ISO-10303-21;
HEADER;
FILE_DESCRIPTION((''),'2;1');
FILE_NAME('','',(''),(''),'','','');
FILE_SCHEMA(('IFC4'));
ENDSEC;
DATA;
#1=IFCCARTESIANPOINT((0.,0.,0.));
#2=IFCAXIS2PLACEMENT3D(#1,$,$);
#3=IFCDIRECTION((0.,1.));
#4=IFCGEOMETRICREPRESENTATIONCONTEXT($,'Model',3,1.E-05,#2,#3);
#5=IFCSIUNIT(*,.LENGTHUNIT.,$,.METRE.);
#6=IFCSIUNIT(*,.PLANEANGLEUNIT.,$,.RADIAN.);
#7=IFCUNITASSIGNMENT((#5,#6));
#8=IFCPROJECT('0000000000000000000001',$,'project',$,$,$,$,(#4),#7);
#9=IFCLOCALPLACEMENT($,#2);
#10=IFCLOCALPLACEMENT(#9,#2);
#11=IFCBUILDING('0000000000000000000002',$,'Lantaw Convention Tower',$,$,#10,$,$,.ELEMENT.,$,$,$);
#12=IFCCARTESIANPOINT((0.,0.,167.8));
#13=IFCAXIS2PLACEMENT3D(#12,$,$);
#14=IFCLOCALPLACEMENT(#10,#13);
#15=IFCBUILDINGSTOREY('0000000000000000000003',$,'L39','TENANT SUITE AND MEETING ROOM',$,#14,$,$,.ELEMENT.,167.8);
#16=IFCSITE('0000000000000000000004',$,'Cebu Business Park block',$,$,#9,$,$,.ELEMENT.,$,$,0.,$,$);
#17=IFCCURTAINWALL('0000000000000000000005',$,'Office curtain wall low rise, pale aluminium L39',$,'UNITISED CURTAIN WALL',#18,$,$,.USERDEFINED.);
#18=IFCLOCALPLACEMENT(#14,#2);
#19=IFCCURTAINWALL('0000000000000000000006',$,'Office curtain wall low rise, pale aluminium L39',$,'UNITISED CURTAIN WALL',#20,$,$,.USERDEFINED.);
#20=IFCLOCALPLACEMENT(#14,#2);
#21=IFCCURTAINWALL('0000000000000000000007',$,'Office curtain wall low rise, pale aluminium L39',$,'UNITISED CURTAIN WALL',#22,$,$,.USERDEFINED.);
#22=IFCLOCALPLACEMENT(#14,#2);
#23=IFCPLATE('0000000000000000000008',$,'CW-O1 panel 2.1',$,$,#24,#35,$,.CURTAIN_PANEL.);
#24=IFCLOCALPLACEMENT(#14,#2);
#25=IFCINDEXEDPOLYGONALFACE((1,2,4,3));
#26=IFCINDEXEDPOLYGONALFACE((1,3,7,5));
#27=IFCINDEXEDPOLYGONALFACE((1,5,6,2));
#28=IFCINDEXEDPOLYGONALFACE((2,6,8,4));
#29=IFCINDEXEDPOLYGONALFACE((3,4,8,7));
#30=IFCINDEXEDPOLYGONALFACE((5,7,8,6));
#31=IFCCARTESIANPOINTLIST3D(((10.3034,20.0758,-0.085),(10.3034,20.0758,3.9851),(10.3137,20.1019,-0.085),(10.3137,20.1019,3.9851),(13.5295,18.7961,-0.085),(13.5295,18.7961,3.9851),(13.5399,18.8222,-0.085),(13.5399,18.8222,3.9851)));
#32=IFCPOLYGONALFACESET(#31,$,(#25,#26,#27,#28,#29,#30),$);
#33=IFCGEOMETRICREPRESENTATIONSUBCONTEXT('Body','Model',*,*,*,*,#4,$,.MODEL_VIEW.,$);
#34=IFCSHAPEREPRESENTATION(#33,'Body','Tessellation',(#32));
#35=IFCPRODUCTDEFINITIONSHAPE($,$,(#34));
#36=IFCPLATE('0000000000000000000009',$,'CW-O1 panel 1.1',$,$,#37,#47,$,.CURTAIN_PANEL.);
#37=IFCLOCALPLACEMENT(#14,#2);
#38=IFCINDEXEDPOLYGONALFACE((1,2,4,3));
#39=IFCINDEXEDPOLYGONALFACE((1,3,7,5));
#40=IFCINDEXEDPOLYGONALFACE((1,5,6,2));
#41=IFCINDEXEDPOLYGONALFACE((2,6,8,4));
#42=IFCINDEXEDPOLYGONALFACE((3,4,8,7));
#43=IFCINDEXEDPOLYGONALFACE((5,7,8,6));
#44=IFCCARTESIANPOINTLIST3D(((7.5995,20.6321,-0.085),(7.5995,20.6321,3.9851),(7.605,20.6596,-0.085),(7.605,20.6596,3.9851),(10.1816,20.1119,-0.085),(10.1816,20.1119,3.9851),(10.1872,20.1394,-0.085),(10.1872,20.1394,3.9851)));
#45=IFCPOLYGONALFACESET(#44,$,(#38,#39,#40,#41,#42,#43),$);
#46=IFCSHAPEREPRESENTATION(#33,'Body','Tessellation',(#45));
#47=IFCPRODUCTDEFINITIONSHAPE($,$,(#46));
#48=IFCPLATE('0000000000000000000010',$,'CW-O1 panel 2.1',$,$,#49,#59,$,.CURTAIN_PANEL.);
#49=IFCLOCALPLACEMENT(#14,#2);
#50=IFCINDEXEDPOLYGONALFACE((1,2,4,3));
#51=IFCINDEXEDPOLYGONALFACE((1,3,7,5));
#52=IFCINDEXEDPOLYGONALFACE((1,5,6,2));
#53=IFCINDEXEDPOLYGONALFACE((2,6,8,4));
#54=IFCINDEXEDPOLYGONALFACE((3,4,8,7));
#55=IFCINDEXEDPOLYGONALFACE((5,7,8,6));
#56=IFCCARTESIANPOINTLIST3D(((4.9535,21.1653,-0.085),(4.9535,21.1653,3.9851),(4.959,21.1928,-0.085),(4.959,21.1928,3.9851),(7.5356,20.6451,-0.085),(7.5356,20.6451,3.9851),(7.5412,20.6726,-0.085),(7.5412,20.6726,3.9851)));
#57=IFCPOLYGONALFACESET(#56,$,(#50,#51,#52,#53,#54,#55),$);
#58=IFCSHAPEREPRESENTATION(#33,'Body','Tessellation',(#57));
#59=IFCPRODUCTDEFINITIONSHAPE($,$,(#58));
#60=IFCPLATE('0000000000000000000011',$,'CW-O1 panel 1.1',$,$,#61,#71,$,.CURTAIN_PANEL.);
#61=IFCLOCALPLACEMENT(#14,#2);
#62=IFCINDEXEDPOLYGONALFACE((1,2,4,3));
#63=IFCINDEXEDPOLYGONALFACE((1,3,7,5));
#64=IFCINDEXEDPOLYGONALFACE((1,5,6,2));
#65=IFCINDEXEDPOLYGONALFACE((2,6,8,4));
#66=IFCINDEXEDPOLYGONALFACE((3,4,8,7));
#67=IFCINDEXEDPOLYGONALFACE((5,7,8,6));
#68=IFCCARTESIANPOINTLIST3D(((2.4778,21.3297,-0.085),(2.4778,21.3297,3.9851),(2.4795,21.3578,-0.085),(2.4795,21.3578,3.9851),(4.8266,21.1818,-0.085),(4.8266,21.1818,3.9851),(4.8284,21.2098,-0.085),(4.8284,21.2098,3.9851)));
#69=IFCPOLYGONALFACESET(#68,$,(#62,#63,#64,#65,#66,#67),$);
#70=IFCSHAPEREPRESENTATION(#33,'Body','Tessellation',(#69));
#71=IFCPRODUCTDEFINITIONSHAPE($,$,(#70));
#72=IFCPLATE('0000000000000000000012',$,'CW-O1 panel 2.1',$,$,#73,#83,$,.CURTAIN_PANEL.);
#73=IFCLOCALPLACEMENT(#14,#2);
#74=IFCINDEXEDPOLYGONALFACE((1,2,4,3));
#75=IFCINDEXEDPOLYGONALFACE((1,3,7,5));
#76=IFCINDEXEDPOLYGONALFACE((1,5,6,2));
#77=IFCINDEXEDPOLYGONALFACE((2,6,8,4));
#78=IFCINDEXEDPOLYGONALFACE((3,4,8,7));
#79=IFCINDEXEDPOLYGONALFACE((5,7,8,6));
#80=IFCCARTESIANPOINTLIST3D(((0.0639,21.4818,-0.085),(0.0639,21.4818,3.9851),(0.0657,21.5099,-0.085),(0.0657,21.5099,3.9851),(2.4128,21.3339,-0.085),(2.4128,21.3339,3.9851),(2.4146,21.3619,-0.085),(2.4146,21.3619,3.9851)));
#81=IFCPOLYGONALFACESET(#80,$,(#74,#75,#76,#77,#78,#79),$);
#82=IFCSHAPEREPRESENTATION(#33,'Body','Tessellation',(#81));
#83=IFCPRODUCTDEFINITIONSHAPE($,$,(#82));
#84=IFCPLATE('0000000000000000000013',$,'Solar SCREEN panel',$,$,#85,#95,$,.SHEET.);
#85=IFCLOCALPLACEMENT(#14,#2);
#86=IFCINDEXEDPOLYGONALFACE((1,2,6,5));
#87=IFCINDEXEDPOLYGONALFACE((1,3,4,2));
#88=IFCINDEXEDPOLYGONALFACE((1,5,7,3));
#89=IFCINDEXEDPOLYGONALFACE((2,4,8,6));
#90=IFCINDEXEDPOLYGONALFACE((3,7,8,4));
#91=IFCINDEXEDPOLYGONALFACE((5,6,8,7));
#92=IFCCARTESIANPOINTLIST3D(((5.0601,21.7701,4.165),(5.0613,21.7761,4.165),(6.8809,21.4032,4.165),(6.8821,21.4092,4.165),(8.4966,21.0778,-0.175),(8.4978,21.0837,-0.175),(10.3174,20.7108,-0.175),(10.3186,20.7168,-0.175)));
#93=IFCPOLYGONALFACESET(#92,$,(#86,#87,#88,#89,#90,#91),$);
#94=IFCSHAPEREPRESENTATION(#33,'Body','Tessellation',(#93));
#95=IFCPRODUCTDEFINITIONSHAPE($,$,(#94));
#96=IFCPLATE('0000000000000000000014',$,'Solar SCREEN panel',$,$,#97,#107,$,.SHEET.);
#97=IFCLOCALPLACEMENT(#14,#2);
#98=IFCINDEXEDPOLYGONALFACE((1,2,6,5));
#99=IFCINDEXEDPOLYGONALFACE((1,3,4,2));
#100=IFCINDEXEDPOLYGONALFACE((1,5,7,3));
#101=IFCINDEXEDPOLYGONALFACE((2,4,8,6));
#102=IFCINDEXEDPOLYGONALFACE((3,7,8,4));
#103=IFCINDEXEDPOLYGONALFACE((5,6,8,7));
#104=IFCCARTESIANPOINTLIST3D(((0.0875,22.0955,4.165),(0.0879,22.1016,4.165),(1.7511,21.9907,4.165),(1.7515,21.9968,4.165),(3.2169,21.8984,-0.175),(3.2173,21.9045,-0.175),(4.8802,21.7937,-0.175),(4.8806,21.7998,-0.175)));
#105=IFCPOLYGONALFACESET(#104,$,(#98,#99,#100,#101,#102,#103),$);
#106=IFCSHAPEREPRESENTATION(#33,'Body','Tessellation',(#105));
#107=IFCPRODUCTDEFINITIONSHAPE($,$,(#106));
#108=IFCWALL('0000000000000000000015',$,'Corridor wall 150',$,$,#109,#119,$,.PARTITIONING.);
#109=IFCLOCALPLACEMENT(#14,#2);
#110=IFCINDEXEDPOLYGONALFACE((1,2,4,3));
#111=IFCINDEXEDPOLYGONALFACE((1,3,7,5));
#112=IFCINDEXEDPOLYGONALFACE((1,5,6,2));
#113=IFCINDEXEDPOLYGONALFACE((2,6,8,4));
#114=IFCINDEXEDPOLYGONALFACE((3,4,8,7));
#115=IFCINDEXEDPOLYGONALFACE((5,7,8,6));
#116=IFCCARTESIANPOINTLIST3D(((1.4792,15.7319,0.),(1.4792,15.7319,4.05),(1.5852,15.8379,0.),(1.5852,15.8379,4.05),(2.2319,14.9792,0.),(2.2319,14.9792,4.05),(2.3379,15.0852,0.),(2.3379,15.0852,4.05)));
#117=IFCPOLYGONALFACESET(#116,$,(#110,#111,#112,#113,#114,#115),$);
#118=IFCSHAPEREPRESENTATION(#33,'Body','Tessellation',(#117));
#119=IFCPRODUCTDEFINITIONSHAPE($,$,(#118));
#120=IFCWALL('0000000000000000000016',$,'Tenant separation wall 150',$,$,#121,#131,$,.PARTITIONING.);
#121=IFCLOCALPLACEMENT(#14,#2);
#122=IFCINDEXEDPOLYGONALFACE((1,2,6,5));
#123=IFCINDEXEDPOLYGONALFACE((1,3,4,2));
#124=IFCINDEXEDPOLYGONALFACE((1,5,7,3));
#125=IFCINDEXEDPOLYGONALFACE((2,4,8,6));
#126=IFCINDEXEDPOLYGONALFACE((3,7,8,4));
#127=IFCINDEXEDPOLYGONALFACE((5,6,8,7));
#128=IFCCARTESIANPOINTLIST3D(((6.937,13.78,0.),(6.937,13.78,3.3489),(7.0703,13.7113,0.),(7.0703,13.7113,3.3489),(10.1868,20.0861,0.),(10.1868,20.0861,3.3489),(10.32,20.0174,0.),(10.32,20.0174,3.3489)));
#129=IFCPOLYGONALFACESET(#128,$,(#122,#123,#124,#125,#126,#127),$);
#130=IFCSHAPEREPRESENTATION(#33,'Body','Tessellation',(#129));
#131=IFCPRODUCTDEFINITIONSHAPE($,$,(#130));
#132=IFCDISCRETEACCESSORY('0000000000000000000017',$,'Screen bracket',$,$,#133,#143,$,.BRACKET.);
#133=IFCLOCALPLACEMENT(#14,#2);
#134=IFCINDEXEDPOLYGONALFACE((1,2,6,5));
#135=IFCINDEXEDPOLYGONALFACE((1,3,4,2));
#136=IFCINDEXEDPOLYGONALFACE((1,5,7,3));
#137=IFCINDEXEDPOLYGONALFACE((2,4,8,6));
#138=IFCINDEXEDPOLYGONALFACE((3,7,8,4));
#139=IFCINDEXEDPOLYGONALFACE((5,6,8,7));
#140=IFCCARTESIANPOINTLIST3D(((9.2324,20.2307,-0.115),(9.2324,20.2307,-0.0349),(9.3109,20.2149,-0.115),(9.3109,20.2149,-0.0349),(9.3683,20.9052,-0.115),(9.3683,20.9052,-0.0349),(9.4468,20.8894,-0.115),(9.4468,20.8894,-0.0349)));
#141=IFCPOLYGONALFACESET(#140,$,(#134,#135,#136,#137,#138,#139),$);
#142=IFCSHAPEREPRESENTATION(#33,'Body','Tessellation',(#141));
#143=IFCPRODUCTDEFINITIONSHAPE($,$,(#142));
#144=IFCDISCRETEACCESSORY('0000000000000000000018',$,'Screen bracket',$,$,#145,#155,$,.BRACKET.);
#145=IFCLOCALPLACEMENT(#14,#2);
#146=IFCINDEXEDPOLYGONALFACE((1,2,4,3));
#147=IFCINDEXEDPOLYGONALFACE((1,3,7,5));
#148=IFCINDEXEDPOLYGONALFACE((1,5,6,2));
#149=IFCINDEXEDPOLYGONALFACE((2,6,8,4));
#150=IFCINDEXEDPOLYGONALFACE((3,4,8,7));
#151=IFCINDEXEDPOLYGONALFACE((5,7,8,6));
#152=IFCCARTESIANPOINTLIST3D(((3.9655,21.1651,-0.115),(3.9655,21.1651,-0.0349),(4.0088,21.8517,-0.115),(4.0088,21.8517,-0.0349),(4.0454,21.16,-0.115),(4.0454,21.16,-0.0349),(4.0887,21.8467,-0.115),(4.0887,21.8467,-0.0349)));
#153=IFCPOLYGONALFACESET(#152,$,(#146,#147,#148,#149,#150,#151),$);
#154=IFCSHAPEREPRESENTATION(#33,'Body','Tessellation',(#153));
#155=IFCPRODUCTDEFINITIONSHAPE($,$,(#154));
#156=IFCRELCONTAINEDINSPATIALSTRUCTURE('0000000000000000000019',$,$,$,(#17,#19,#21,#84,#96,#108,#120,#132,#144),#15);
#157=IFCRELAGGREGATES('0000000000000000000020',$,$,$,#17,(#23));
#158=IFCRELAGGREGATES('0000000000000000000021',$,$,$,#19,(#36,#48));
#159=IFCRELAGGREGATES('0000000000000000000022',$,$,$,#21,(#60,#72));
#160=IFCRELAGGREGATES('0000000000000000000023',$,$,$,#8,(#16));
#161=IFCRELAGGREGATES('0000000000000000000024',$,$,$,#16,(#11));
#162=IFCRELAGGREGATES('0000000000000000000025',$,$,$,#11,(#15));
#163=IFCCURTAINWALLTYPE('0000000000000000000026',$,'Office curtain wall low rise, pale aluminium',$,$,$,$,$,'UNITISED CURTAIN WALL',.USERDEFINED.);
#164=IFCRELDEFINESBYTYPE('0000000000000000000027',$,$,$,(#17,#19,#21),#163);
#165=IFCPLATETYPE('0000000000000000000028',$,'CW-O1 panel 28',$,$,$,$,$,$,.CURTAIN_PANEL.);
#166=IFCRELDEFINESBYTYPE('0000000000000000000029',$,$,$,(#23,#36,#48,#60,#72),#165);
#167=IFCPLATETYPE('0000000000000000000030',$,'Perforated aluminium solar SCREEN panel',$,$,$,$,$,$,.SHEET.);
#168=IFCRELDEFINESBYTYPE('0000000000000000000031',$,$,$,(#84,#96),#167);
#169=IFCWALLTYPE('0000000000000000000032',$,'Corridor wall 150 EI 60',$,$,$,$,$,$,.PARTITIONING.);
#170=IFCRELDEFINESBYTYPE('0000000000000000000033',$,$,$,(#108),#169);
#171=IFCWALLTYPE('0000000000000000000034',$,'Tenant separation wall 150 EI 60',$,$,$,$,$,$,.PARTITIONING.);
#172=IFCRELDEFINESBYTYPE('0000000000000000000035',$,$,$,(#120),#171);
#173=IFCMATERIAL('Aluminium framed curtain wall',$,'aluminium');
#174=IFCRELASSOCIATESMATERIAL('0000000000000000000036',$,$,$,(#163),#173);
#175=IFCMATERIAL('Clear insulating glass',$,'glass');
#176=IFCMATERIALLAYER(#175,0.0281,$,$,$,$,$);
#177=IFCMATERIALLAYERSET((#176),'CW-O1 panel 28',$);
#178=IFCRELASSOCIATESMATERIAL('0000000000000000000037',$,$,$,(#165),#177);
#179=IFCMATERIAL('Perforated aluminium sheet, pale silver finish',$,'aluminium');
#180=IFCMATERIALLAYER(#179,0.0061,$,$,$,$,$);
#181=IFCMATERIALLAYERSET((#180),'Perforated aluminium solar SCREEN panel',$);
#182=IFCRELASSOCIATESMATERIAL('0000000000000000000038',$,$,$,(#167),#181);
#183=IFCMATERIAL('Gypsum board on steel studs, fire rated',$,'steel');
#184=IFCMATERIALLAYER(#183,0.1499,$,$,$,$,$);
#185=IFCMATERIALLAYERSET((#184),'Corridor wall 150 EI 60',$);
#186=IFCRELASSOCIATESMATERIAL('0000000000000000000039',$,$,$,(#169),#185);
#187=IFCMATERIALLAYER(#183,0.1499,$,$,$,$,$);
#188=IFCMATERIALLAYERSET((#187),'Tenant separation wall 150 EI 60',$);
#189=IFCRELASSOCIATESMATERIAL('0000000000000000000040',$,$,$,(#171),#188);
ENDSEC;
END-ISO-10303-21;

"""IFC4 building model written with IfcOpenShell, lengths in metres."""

from ifc_helpers import new_model, si_unit, direction, frame, frame_2d, origin, origin_2d, place, context, subcontext, project, spatial, polyline, rectangle, outline, extrude, material, layer, layer_set, type_object, element, aggregate, save


model = new_model("IFC4")

# Units and contexts
model_context = context("Model", 3, precision=1e-05, world=origin(), true_north=direction((0.0, 1.0)))
body_context = subcontext(model_context, "Body", "Model", "MODEL_VIEW")
ifc_project = project(units=[si_unit("LENGTHUNIT", "METRE"), si_unit("PLANEANGLEUNIT", "RADIAN")], contexts=[model_context])

# Site, building, storey
site_placement = place(None, origin())
site = spatial("IfcSite", under=ifc_project, at=site_placement, Name="Cebu Business Park block", CompositionType="ELEMENT", RefElevation=0.0)
building_placement = place(site_placement, origin())
building = spatial("IfcBuilding", under=site, at=building_placement, Name="Lantaw Convention Tower", CompositionType="ELEMENT")
storey_placement = place(building_placement, frame((0.0, 0.0, 167.8)))
storey = spatial("IfcBuildingStorey", under=building, at=storey_placement, Name="L39", Description="TENANT SUITE AND MEETING ROOM", CompositionType="ELEMENT", Elevation=167.8)

# Curtain walls
ifc_material_1 = material(Name="Aluminium framed curtain wall", Category="aluminium")
curtain_wall_type = type_object("IfcCurtainWallType", Name="Office curtain wall low rise, pale aluminium", ElementType="UNITISED CURTAIN WALL", PredefinedType="USERDEFINED", material=ifc_material_1)
curtain_wall_1_placement = place(storey_placement, origin())
curtain_wall_1 = element("IfcCurtainWall", 1, at=curtain_wall_1_placement, inside=storey, type_object=curtain_wall_type, Name="Office curtain wall low rise, pale aluminium L39", ObjectType="UNITISED CURTAIN WALL", PredefinedType="USERDEFINED")
curtain_wall_2_placement = place(storey_placement, origin())
curtain_wall_2 = element("IfcCurtainWall", 2, at=curtain_wall_2_placement, inside=storey, type_object=curtain_wall_type, Name="Office curtain wall low rise, pale aluminium L39", ObjectType="UNITISED CURTAIN WALL", PredefinedType="USERDEFINED")
curtain_wall_3_placement = place(storey_placement, origin())
curtain_wall_3 = element("IfcCurtainWall", 3, at=curtain_wall_3_placement, inside=storey, type_object=curtain_wall_type, Name="Office curtain wall low rise, pale aluminium L39", ObjectType="UNITISED CURTAIN WALL", PredefinedType="USERDEFINED")

# Plates
ifc_material_2 = material(Name="Clear insulating glass", Category="glass")
ifc_layer_1 = layer(ifc_material_2, 0.0281)
ifc_layer_set_1 = layer_set([ifc_layer_1], Name="CW-O1 panel 28")
plate_type_1 = type_object("IfcPlateType", Name="CW-O1 panel 28", PredefinedType="CURTAIN_PANEL", material=ifc_layer_set_1)
plate_1_placement = place(storey_placement, frame((11.9216, 19.449, -0.085), z_axis=(0.0, 0.0, 1.0), x_axis=(-0.929548, 0.368702, 0.0)))
plate_1 = element("IfcPlate", 4, at=plate_1_placement, type_object=plate_type_1, Name="CW-O1 panel 2.1", PredefinedType="CURTAIN_PANEL", context=body_context, shape_type="SweptSolid", body=[
    extrude(rectangle(XDim=3.4707, YDim=0.0281, at=origin_2d()), origin(), (0.0, 0.0, 1.0), 4.0701),
])
aggregate(curtain_wall_1, [plate_1])
plate_2_placement = place(storey_placement, frame((8.8933, 20.3857, -0.085), z_axis=(0.0, 0.0, 1.0), x_axis=(-0.980302, 0.197507, 0.0)))
plate_2 = element("IfcPlate", 5, at=plate_2_placement, type_object=plate_type_1, Name="CW-O1 panel 1.1", PredefinedType="CURTAIN_PANEL", context=body_context, shape_type="SweptSolid", body=[
    extrude(rectangle(XDim=2.634, YDim=0.0281, at=origin_2d()), origin(), (0.0, 0.0, 1.0), 4.0701),
])
plate_3_placement = place(storey_placement, frame((6.2473, 20.9189, -0.085), z_axis=(0.0, 0.0, 1.0), x_axis=(-0.980302, 0.197507, 0.0)))
plate_3 = element("IfcPlate", 6, at=plate_3_placement, type_object=plate_type_1, Name="CW-O1 panel 2.1", PredefinedType="CURTAIN_PANEL", context=body_context, shape_type="SweptSolid", body=[
    extrude(rectangle(XDim=2.634, YDim=0.0281, at=origin_2d()), origin(), (0.0, 0.0, 1.0), 4.0701),
])
aggregate(curtain_wall_2, [plate_2, plate_3])
plate_4_placement = place(storey_placement, frame((3.6531, 21.2698, -0.085), z_axis=(0.0, 0.0, 1.0), x_axis=(-0.998022, 0.062865, 0.0)))
plate_4 = element("IfcPlate", 7, at=plate_4_placement, type_object=plate_type_1, Name="CW-O1 panel 1.1", PredefinedType="CURTAIN_PANEL", context=body_context, shape_type="SweptSolid", body=[
    extrude(rectangle(XDim=2.3535, YDim=0.0281, at=origin_2d()), origin(), (0.0, 0.0, 1.0), 4.0701),
])
plate_5_placement = place(storey_placement, frame((1.2393, 21.4219, -0.085), z_axis=(0.0, 0.0, 1.0), x_axis=(-0.998022, 0.062865, 0.0)))
plate_5 = element("IfcPlate", 8, at=plate_5_placement, type_object=plate_type_1, Name="CW-O1 panel 2.1", PredefinedType="CURTAIN_PANEL", context=body_context, shape_type="SweptSolid", body=[
    extrude(rectangle(XDim=2.3535, YDim=0.0281, at=origin_2d()), origin(), (0.0, 0.0, 1.0), 4.0701),
])
aggregate(curtain_wall_3, [plate_4, plate_5])

# Plates
ifc_material_3 = material(Name="Perforated aluminium sheet, pale silver finish", Category="aluminium")
ifc_layer_2 = layer(ifc_material_3, 0.0061)
ifc_layer_set_2 = layer_set([ifc_layer_2], Name="Perforated aluminium solar SCREEN panel")
plate_type_2 = type_object("IfcPlateType", Name="Perforated aluminium solar SCREEN panel", PredefinedType="SHEET", material=ifc_layer_set_2)
plate_6_placement = place(storey_placement, frame((10.3186, 20.7168, -0.175), z_axis=(0.197557, 0.980291, 0.000039), x_axis=(-0.980291, 0.197557, 0.0)))
element("IfcPlate", 9, at=plate_6_placement, inside=storey, type_object=plate_type_2, Name="Solar SCREEN panel", PredefinedType="SHEET", context=body_context, shape_type="SweptSolid", body=[
    extrude(outline(polyline([(0.0, 0.0), (1.8574, 0.0), (5.363, 4.3401), (3.5056, 4.3401), (0.0, 0.0)])), origin(), (0.0, 0.0, -1.0), 0.0061),
])
plate_7_placement = place(storey_placement, frame((4.8806, 21.7998, -0.175), z_axis=(0.062839, 0.998024, 0.000002), x_axis=(-0.998024, 0.062839, 0.0)))
element("IfcPlate", 10, at=plate_7_placement, inside=storey, type_object=plate_type_2, Name="Solar SCREEN panel", PredefinedType="SHEET", context=body_context, shape_type="SweptSolid", body=[
    extrude(outline(polyline([(0.0, 0.0), (1.6666, 0.0), (4.8022, 4.3401), (3.1353, 4.3401), (0.0, 0.0)])), origin(), (0.0, 0.0, -1.0), 0.0061),
])

# Walls
ifc_material_4 = material(Name="Gypsum board on steel studs, fire rated", Category="steel")
ifc_layer_3 = layer(ifc_material_4, 0.1499)
ifc_layer_set_3 = layer_set([ifc_layer_3], Name="Corridor wall 150 EI 60")
wall_type_1 = type_object("IfcWallType", Name="Corridor wall 150 EI 60", PredefinedType="PARTITIONING", material=ifc_layer_set_3)
wall_1_placement = place(storey_placement, frame((1.5322, 15.7849, 0.0), z_axis=(0.0, 0.0, 1.0), x_axis=(0.707107, -0.707107, 0.0)))
element("IfcWall", 11, at=wall_1_placement, inside=storey, type_object=wall_type_1, Name="Corridor wall 150", PredefinedType="PARTITIONING", context=body_context, shape_type="SweptSolid", body=[
    extrude(rectangle(XDim=1.0645, YDim=0.1499, at=frame_2d((0.5322, 0.0))), origin(), (0.0, 0.0, 1.0), 4.05),
])
ifc_layer_4 = layer(ifc_material_4, 0.1499)
ifc_layer_set_4 = layer_set([ifc_layer_4], Name="Tenant separation wall 150 EI 60")
wall_type_2 = type_object("IfcWallType", Name="Tenant separation wall 150 EI 60", PredefinedType="PARTITIONING", material=ifc_layer_set_4)
wall_2_placement = place(storey_placement, frame((10.2534, 20.0518, 0.0), z_axis=(0.0, 0.0, 1.0), x_axis=(-0.458083, -0.88891, 0.0)))
element("IfcWall", 12, at=wall_2_placement, inside=storey, type_object=wall_type_2, Name="Tenant separation wall 150", PredefinedType="PARTITIONING", context=body_context, shape_type="SweptSolid", body=[
    extrude(rectangle(XDim=7.0942, YDim=0.1499, at=frame_2d((3.5471, 0.0))), origin(), (0.0, 0.0, 1.0), 3.3489),
])

# Discrete accessories
for number, where, z_axis, x_axis, name in (
    (13, (9.3396, 20.5601, -0.115), (0.0, 0.0, 1.0), (-0.980302, 0.197507, 0.0), "Screen bracket"),
    (14, (4.0271, 21.5059, -0.115), (0.0, 0.0, 1.0), (-0.998022, 0.062865, 0.0), "Screen bracket"),
):
    element("IfcDiscreteAccessory", number, at=place(storey_placement, frame(where, z_axis=z_axis, x_axis=x_axis)), inside=storey, Name=name, PredefinedType="BRACKET", context=body_context, shape_type="SweptSolid", body=[
        extrude(rectangle(XDim=0.0801, YDim=0.688, at=origin_2d()), origin(), (0.0, 0.0, 1.0), 0.0801),
    ])

save(model, "model.ifc")
